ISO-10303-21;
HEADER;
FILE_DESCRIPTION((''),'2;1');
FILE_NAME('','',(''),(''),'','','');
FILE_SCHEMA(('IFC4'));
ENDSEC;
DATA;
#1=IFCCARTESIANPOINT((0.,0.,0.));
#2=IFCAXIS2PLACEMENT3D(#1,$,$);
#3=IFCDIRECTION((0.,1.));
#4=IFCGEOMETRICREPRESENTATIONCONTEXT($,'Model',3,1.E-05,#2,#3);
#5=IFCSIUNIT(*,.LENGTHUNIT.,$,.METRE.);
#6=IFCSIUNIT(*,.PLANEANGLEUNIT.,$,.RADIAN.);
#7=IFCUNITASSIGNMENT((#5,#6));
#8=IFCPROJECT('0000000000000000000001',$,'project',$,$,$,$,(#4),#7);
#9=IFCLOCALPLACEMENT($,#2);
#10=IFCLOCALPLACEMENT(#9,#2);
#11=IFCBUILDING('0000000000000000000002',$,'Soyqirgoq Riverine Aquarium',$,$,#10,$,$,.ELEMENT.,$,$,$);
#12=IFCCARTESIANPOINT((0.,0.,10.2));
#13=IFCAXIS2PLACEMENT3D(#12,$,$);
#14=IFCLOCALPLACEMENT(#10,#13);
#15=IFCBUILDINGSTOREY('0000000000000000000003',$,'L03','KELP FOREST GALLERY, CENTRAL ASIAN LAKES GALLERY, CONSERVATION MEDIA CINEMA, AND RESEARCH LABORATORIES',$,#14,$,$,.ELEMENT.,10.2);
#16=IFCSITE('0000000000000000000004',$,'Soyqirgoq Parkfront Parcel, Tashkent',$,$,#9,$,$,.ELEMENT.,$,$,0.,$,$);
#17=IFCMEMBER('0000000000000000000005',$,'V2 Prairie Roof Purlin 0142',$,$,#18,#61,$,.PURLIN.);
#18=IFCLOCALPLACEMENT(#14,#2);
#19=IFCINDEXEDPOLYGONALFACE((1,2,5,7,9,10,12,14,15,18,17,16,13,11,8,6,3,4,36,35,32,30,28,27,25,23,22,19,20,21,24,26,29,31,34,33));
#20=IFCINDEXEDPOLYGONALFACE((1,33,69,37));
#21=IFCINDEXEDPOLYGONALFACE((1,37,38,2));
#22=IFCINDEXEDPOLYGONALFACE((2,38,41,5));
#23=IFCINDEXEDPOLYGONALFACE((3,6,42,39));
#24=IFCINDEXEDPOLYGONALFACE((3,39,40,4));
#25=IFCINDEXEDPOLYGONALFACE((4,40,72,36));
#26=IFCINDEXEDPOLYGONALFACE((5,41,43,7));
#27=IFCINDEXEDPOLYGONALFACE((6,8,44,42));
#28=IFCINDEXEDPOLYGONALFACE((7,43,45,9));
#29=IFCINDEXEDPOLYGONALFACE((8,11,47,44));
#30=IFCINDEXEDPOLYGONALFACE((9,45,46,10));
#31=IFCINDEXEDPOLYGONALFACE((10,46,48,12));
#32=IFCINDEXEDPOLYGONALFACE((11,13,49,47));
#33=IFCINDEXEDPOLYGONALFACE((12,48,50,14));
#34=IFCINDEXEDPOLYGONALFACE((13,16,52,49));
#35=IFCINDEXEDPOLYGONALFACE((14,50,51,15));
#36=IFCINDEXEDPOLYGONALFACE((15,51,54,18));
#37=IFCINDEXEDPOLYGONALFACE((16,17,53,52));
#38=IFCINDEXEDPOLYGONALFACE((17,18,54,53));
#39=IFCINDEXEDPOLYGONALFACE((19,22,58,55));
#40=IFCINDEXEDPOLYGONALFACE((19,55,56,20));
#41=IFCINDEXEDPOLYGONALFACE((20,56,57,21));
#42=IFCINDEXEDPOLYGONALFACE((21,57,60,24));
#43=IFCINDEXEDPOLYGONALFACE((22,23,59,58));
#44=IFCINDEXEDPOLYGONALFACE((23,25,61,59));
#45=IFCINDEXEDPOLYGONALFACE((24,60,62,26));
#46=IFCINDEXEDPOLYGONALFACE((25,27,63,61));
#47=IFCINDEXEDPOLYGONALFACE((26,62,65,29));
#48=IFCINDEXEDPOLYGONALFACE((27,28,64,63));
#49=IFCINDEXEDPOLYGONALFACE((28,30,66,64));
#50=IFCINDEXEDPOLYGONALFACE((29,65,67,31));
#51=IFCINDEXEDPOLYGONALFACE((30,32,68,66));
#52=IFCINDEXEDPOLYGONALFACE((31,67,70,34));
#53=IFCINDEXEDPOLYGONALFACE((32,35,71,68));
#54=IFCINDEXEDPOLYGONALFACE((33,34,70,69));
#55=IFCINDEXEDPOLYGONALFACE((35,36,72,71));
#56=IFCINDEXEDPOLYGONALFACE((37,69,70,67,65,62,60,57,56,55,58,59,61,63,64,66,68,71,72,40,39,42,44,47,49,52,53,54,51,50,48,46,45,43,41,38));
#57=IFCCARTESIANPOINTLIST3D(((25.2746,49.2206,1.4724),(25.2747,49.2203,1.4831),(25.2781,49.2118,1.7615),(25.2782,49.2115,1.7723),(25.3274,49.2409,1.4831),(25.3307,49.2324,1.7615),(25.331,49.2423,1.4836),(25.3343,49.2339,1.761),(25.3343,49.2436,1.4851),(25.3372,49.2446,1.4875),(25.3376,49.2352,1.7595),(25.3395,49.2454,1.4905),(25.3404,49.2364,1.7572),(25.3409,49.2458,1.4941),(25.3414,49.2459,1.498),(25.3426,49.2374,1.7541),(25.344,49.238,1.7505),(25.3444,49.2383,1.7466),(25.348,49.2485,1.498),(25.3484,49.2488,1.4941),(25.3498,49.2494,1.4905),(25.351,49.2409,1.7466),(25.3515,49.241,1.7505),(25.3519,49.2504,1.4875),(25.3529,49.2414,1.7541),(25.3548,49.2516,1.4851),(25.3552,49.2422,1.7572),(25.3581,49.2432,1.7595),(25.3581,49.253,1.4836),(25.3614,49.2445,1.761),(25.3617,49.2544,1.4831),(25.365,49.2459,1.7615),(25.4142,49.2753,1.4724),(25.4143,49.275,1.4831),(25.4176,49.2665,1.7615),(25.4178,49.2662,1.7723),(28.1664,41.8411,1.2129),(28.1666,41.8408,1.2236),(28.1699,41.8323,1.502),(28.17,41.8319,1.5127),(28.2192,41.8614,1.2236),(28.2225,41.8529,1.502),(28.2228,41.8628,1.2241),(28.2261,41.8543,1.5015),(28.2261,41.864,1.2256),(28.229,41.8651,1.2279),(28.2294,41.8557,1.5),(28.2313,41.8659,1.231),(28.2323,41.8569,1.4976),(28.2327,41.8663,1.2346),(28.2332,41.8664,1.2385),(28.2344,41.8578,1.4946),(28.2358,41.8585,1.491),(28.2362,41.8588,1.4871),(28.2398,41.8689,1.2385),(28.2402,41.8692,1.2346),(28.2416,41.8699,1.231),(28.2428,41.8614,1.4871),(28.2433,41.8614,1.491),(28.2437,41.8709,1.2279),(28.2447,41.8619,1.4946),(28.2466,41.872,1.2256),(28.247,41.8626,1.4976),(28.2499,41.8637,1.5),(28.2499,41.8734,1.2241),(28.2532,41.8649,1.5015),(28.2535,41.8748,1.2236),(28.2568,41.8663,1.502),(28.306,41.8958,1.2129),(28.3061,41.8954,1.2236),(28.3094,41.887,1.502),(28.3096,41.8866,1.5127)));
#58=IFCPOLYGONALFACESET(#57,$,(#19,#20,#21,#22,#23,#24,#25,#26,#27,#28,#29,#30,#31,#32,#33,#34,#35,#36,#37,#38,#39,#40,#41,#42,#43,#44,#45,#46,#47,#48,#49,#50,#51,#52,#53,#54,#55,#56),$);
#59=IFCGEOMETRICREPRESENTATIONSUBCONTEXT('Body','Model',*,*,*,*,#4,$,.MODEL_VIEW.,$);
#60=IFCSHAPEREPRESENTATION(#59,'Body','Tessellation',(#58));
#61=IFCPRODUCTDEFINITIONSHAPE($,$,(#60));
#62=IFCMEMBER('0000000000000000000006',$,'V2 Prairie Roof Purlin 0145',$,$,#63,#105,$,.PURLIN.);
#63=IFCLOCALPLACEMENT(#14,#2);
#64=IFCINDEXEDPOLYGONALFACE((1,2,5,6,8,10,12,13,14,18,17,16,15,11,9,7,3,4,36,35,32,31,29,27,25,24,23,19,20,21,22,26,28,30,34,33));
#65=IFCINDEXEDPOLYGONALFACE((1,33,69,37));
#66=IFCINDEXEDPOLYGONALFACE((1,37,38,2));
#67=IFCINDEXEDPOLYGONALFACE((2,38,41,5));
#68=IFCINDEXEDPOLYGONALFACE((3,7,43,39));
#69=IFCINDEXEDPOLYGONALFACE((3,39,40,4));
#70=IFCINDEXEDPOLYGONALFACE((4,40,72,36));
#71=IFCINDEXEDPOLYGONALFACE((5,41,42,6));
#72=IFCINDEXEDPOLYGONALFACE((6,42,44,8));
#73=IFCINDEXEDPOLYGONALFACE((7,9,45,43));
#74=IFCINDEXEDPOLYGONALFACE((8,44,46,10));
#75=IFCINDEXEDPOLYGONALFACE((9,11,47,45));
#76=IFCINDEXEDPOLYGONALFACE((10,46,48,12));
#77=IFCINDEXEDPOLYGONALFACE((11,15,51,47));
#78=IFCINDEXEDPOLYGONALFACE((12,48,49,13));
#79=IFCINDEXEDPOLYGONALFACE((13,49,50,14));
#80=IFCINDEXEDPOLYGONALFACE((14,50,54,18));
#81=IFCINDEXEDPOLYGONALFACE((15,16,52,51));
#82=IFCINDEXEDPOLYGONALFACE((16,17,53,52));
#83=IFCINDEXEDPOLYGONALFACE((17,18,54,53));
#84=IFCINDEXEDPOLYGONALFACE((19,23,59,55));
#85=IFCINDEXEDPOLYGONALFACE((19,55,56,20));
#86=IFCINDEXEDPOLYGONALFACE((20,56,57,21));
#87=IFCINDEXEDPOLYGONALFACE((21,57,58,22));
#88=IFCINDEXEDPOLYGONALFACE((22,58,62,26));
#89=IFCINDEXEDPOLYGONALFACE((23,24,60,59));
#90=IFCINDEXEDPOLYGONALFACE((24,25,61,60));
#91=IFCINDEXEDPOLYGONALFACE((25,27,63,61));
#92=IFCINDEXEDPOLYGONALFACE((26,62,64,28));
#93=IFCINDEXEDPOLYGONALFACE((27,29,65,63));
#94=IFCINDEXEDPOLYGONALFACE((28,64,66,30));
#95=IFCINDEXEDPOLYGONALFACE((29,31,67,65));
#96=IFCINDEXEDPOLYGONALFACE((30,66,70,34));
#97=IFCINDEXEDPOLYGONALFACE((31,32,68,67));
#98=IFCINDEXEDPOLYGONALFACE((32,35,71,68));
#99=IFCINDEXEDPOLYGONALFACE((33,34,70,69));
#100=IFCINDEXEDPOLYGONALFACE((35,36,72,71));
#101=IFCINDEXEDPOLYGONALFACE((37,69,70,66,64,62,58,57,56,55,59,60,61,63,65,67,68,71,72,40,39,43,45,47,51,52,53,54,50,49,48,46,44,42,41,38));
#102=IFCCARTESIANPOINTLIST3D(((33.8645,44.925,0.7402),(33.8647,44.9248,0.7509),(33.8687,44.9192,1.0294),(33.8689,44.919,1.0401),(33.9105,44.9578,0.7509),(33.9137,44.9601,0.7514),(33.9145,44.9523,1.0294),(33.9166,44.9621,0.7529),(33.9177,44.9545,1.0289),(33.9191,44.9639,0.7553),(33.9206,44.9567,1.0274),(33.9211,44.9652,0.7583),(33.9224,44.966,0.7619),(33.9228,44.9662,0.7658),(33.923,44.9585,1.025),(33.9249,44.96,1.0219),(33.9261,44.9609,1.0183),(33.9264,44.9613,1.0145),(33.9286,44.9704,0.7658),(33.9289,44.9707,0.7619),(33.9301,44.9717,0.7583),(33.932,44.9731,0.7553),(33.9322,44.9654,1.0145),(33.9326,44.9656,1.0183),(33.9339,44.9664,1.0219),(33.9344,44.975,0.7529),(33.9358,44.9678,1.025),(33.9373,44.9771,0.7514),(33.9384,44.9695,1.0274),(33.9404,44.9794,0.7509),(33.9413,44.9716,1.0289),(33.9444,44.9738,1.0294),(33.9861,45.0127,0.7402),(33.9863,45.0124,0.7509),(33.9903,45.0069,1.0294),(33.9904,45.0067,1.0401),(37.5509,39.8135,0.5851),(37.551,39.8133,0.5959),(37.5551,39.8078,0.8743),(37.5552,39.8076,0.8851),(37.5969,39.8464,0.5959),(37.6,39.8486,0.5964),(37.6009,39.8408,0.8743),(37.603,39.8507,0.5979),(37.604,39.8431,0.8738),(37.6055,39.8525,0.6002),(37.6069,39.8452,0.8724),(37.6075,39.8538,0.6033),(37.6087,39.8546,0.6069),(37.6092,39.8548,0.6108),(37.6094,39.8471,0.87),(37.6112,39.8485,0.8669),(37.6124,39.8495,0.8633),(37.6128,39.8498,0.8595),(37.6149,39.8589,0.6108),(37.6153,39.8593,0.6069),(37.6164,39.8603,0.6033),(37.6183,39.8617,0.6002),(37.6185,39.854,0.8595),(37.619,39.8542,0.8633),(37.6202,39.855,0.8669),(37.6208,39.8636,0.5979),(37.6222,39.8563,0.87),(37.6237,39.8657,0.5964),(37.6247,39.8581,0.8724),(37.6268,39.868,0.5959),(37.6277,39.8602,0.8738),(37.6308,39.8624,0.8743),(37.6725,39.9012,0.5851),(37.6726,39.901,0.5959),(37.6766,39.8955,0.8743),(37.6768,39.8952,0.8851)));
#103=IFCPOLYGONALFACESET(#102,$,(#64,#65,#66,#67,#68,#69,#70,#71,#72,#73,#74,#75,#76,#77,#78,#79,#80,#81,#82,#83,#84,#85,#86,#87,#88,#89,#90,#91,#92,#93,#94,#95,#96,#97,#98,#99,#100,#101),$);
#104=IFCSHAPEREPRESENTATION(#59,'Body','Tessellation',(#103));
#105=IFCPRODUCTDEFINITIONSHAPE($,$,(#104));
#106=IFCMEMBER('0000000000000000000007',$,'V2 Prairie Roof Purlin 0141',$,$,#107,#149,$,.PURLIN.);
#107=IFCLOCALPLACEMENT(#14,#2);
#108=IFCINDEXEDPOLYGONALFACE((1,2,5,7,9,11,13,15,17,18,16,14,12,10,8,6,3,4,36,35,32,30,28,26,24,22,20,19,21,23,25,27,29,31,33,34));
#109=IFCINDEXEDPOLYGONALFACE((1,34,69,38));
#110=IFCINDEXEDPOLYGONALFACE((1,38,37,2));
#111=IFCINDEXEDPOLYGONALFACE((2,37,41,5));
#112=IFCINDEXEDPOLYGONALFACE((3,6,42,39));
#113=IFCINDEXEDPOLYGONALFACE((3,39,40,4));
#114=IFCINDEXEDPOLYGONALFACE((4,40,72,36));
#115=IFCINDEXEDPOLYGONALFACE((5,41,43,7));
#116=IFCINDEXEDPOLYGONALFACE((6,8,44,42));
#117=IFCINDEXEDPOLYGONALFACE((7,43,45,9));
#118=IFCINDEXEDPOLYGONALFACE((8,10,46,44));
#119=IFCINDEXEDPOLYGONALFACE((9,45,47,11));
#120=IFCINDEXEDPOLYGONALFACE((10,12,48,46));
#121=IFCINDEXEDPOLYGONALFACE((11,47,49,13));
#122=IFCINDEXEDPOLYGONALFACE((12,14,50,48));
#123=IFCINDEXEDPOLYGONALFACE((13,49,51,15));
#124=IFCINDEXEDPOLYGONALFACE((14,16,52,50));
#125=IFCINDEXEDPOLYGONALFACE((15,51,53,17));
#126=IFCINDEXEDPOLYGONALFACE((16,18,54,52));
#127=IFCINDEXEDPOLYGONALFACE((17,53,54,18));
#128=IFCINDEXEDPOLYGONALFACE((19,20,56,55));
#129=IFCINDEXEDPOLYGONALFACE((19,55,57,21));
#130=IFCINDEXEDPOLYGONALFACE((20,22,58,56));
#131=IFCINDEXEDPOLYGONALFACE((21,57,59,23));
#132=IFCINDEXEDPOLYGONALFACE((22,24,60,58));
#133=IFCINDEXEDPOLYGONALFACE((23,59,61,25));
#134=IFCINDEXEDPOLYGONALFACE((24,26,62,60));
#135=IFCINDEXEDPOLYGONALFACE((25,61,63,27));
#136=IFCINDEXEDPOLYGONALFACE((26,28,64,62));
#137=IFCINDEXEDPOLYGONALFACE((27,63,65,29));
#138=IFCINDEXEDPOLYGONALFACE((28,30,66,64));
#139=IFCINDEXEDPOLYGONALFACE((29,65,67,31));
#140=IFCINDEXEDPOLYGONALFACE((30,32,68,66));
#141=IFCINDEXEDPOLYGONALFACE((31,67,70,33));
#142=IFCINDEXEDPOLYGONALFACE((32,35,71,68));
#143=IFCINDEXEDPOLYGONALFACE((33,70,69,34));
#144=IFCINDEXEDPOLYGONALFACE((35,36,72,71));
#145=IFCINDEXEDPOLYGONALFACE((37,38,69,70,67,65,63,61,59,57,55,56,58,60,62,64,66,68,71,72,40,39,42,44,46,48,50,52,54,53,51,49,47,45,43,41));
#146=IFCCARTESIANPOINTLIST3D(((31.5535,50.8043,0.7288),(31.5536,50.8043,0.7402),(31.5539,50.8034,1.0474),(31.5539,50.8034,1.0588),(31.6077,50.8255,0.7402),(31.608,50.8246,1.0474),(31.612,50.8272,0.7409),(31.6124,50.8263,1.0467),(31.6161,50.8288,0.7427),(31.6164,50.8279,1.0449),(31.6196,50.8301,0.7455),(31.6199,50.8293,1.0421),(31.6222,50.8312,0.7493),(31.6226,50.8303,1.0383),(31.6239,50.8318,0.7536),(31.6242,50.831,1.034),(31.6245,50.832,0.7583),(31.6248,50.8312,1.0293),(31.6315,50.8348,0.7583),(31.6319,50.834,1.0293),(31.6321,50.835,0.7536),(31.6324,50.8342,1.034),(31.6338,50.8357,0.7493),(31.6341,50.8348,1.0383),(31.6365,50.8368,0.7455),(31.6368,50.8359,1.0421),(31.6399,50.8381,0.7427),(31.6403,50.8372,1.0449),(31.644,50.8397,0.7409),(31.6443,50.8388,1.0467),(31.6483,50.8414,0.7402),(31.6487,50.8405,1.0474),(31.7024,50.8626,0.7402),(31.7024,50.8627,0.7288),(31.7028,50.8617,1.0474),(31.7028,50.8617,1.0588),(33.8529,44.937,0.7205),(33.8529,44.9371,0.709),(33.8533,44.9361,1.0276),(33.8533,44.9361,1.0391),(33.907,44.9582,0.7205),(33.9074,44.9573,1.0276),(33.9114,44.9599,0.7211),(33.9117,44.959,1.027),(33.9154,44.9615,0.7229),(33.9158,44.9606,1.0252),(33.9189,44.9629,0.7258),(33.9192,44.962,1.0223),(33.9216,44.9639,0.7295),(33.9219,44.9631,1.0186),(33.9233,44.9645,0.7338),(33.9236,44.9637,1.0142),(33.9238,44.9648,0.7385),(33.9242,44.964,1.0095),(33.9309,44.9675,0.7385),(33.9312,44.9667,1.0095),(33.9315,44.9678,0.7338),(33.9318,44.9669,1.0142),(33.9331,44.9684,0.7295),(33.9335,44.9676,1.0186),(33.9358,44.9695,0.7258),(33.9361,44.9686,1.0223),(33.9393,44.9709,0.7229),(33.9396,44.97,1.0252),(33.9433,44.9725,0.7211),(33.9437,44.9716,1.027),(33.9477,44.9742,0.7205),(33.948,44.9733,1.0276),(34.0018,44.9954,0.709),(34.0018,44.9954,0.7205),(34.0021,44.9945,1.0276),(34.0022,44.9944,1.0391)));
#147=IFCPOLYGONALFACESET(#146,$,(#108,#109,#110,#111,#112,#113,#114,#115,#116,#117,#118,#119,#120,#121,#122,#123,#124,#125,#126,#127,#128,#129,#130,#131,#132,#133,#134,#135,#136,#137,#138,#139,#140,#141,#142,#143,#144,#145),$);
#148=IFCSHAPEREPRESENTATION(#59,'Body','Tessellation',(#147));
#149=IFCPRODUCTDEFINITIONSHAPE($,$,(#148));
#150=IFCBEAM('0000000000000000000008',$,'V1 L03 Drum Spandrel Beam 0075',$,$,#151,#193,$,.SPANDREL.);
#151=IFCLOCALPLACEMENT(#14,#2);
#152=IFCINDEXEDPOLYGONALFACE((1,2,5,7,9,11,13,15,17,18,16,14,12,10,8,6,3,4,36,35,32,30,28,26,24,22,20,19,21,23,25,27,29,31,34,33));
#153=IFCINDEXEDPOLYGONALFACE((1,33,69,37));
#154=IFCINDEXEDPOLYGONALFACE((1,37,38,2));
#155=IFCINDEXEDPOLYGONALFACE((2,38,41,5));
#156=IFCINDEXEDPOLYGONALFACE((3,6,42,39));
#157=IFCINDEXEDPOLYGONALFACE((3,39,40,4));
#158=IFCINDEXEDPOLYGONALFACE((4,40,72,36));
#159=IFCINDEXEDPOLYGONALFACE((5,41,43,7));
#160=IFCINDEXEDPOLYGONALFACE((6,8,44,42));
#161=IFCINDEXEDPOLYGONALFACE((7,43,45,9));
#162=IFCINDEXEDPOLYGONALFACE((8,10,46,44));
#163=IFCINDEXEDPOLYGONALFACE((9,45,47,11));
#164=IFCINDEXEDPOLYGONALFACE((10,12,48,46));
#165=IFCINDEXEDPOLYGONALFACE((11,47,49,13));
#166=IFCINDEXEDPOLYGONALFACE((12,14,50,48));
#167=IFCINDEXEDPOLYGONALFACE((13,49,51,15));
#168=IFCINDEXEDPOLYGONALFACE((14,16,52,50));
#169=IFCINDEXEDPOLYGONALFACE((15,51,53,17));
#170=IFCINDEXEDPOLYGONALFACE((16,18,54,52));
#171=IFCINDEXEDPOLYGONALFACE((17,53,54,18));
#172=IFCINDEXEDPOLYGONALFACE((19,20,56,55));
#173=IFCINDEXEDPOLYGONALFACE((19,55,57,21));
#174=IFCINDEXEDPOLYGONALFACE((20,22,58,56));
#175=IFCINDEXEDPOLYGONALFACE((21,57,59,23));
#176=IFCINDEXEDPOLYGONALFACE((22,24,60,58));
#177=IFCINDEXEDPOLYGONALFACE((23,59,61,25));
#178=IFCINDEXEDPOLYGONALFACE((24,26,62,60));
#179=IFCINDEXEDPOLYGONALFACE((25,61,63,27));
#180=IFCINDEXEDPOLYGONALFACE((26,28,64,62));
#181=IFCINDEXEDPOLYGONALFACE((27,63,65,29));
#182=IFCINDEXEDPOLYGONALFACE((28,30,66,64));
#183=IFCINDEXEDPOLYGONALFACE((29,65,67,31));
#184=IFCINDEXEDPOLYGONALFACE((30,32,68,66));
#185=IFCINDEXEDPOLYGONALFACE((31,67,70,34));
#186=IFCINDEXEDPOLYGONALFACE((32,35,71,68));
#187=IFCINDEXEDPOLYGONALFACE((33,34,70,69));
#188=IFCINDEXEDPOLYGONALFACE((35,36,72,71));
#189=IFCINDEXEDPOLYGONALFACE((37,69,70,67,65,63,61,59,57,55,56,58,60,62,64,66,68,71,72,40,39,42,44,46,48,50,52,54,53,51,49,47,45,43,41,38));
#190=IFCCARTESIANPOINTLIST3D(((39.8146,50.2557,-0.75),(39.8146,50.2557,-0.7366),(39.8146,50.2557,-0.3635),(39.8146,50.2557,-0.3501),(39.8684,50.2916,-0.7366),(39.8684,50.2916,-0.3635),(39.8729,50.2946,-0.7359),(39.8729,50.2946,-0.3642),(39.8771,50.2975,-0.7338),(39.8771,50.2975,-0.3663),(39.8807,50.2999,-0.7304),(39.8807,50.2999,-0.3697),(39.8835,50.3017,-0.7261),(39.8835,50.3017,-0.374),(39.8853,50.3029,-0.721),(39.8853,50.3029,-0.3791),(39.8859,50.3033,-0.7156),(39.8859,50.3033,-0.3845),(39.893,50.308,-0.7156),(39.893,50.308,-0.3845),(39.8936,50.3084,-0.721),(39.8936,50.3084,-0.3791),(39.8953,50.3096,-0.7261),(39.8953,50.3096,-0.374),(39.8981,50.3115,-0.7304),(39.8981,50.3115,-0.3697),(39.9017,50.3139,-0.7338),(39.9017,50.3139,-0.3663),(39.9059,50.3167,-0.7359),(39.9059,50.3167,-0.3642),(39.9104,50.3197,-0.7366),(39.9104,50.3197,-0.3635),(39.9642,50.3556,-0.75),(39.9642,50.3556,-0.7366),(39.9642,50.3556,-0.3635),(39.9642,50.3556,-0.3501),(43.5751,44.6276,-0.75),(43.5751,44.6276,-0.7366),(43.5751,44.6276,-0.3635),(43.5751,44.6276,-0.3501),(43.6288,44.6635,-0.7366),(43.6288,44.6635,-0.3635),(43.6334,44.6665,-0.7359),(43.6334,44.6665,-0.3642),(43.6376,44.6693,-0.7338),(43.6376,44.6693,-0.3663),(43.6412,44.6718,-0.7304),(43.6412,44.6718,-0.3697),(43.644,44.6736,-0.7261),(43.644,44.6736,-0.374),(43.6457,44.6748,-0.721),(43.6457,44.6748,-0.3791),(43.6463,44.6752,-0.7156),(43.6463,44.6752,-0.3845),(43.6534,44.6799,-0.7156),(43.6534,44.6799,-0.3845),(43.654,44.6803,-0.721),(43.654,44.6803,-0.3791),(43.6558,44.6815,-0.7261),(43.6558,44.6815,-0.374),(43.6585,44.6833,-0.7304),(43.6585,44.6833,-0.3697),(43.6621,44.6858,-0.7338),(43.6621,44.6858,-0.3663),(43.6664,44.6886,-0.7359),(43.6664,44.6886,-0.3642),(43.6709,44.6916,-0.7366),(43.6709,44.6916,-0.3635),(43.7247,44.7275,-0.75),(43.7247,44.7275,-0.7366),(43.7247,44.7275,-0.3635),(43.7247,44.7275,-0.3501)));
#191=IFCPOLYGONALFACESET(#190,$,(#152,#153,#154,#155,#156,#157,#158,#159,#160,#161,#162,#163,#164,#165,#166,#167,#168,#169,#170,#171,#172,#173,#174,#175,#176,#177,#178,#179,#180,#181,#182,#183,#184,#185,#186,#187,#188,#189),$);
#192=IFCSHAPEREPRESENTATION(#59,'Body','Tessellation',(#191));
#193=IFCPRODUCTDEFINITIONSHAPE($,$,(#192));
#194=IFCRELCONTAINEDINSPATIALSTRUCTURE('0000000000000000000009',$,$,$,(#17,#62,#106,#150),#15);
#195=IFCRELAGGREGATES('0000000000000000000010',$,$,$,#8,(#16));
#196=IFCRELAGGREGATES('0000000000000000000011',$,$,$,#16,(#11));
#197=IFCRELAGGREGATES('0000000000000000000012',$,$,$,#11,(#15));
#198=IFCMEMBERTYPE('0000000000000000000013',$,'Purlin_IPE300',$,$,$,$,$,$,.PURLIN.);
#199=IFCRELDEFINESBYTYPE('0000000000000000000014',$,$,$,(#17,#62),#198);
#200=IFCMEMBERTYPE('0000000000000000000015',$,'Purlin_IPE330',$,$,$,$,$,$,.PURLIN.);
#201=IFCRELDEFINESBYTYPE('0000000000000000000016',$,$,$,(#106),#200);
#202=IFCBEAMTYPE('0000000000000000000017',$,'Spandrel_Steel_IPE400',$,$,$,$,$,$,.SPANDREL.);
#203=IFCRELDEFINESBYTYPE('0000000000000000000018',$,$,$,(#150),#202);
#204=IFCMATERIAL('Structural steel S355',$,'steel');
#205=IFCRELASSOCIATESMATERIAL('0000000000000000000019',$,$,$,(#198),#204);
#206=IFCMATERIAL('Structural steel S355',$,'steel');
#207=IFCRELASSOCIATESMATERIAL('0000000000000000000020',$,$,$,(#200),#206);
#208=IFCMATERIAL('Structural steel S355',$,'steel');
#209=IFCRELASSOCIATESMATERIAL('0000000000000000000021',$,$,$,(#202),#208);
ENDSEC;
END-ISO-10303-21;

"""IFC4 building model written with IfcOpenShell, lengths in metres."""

from ifc_helpers import new_model, si_unit, direction, frame, origin, origin_2d, place, context, subcontext, project, spatial, i_section, extrude, material, material_profile, profile_set, type_object, element, save


model = new_model("IFC4")

# Units and contexts
model_context = context("Model", 3, precision=1e-05, world=origin(), true_north=direction((0.0, 1.0)))
body_context = subcontext(model_context, "Body", "Model", "MODEL_VIEW")
ifc_project = project(units=[si_unit("LENGTHUNIT", "METRE"), si_unit("PLANEANGLEUNIT", "RADIAN")], contexts=[model_context])

# Site, building, storey
site_placement = place(None, origin())
site = spatial("IfcSite", under=ifc_project, at=site_placement, Name="Soyqirgoq Parkfront Parcel, Tashkent", CompositionType="ELEMENT", RefElevation=0.0)
building_placement = place(site_placement, origin())
building = spatial("IfcBuilding", under=site, at=building_placement, Name="Soyqirgoq Riverine Aquarium", CompositionType="ELEMENT")
storey_placement = place(building_placement, frame((0.0, 0.0, 10.2)))
storey = spatial("IfcBuildingStorey", under=building, at=storey_placement, Name="L03", Description="KELP FOREST GALLERY, CENTRAL ASIAN LAKES GALLERY, CONSERVATION MEDIA CINEMA, AND RESEARCH LABORATORIES", CompositionType="ELEMENT", Elevation=10.2)

# Members
ifc_material_1 = material(Name="Structural steel S355", Category="steel")
ifc_material_profile_1 = material_profile(ifc_material_1, i_section(OverallWidth=0.1499, OverallDepth=0.3, WebThickness=0.0071, FlangeThickness=0.0107, FilletRadius=0.0149, at=origin_2d()), Name="IPE 300")
ifc_profile_set_1 = profile_set([ifc_material_profile_1], Name="Structural steel S355")
member_type_1 = type_object("IfcMemberType", Name="Purlin_IPE300", PredefinedType="PURLIN", material=ifc_profile_set_1)
member_1_placement = place(storey_placement, frame((25.3462, 49.2434, 1.6223), z_axis=(0.364659, -0.930566, -0.032725), x_axis=(0.931065, 0.364855, 0.0)))
element("IfcMember", 1, at=member_1_placement, inside=storey, type_object=member_type_1, Name="V2 Prairie Roof Purlin 0142", PredefinedType="PURLIN", context=body_context, shape_type="SweptSolid", body=[
    extrude(i_section(OverallWidth=0.1499, OverallDepth=0.3, WebThickness=0.0071, FlangeThickness=0.0107, FilletRadius=0.0149, at=origin_2d()), origin(), (0.0, 0.0, 1.0), 7.9302),
])
member_2_placement = place(storey_placement, frame((33.9275, 44.9658, 0.8901), z_axis=(0.584768, -0.810828, -0.024593), x_axis=(0.811073, 0.584944, 0.0)))
element("IfcMember", 2, at=member_2_placement, inside=storey, type_object=member_type_1, Name="V2 Prairie Roof Purlin 0145", PredefinedType="PURLIN", context=body_context, shape_type="SweptSolid", body=[
    extrude(i_section(OverallWidth=0.1499, OverallDepth=0.3, WebThickness=0.0071, FlangeThickness=0.0107, FilletRadius=0.0149, at=origin_2d()), origin(), (0.0, 0.0, 1.0), 6.304),
])
ifc_material_2 = material(Name="Structural steel S355", Category="steel")
ifc_material_profile_2 = material_profile(ifc_material_2, i_section(OverallWidth=0.1599, OverallDepth=0.3301, WebThickness=0.0076, FlangeThickness=0.0115, FilletRadius=0.0181, at=origin_2d()), Name="IPE 330")
ifc_profile_set_2 = profile_set([ifc_material_profile_2], Name="Structural steel S355")
member_type_2 = type_object("IfcMemberType", Name="Purlin_IPE330", PredefinedType="PURLIN", material=ifc_profile_set_2)
member_3_placement = place(storey_placement, frame((31.6282, 50.833, 0.8938), z_axis=(0.364874, -0.931052, -0.003138), x_axis=(0.931056, 0.364876, 0.0)))
element("IfcMember", 3, at=member_3_placement, inside=storey, type_object=member_type_2, Name="V2 Prairie Roof Purlin 0141", PredefinedType="PURLIN", context=body_context, shape_type="SweptSolid", body=[
    extrude(i_section(OverallWidth=0.1599, OverallDepth=0.3301, WebThickness=0.0076, FlangeThickness=0.0115, FilletRadius=0.0181, at=origin_2d()), origin(), (0.0, 0.0, 1.0), 6.3018),
])

# Beam
ifc_material_3 = material(Name="Structural steel S355", Category="steel")
ifc_material_profile_3 = material_profile(ifc_material_3, i_section(OverallWidth=0.1799, OverallDepth=0.3999, WebThickness=0.0085, FlangeThickness=0.0134, FilletRadius=0.021, at=origin_2d()), Name="IPE 400")
ifc_profile_set_3 = profile_set([ifc_material_profile_3], Name="Structural steel S355")
beam_type_1 = type_object("IfcBeamType", Name="Spandrel_Steel_IPE400", PredefinedType="SPANDREL", material=ifc_profile_set_3)
beam_1_placement = place(storey_placement, frame((39.8894, 50.3057, -0.55), z_axis=(0.555557, -0.831478, 0.0), x_axis=(0.831478, 0.555557, 0.0)))
element("IfcBeam", 4, at=beam_1_placement, inside=storey, type_object=beam_type_1, Name="V1 L03 Drum Spandrel Beam 0075", PredefinedType="SPANDREL", context=body_context, shape_type="SweptSolid", body=[
    extrude(i_section(OverallWidth=0.1799, OverallDepth=0.3999, WebThickness=0.0085, FlangeThickness=0.0134, FilletRadius=0.021, at=origin_2d()), origin(), (0.0, 0.0, 1.0), 6.7688),
])

save(model, "model.ifc")
